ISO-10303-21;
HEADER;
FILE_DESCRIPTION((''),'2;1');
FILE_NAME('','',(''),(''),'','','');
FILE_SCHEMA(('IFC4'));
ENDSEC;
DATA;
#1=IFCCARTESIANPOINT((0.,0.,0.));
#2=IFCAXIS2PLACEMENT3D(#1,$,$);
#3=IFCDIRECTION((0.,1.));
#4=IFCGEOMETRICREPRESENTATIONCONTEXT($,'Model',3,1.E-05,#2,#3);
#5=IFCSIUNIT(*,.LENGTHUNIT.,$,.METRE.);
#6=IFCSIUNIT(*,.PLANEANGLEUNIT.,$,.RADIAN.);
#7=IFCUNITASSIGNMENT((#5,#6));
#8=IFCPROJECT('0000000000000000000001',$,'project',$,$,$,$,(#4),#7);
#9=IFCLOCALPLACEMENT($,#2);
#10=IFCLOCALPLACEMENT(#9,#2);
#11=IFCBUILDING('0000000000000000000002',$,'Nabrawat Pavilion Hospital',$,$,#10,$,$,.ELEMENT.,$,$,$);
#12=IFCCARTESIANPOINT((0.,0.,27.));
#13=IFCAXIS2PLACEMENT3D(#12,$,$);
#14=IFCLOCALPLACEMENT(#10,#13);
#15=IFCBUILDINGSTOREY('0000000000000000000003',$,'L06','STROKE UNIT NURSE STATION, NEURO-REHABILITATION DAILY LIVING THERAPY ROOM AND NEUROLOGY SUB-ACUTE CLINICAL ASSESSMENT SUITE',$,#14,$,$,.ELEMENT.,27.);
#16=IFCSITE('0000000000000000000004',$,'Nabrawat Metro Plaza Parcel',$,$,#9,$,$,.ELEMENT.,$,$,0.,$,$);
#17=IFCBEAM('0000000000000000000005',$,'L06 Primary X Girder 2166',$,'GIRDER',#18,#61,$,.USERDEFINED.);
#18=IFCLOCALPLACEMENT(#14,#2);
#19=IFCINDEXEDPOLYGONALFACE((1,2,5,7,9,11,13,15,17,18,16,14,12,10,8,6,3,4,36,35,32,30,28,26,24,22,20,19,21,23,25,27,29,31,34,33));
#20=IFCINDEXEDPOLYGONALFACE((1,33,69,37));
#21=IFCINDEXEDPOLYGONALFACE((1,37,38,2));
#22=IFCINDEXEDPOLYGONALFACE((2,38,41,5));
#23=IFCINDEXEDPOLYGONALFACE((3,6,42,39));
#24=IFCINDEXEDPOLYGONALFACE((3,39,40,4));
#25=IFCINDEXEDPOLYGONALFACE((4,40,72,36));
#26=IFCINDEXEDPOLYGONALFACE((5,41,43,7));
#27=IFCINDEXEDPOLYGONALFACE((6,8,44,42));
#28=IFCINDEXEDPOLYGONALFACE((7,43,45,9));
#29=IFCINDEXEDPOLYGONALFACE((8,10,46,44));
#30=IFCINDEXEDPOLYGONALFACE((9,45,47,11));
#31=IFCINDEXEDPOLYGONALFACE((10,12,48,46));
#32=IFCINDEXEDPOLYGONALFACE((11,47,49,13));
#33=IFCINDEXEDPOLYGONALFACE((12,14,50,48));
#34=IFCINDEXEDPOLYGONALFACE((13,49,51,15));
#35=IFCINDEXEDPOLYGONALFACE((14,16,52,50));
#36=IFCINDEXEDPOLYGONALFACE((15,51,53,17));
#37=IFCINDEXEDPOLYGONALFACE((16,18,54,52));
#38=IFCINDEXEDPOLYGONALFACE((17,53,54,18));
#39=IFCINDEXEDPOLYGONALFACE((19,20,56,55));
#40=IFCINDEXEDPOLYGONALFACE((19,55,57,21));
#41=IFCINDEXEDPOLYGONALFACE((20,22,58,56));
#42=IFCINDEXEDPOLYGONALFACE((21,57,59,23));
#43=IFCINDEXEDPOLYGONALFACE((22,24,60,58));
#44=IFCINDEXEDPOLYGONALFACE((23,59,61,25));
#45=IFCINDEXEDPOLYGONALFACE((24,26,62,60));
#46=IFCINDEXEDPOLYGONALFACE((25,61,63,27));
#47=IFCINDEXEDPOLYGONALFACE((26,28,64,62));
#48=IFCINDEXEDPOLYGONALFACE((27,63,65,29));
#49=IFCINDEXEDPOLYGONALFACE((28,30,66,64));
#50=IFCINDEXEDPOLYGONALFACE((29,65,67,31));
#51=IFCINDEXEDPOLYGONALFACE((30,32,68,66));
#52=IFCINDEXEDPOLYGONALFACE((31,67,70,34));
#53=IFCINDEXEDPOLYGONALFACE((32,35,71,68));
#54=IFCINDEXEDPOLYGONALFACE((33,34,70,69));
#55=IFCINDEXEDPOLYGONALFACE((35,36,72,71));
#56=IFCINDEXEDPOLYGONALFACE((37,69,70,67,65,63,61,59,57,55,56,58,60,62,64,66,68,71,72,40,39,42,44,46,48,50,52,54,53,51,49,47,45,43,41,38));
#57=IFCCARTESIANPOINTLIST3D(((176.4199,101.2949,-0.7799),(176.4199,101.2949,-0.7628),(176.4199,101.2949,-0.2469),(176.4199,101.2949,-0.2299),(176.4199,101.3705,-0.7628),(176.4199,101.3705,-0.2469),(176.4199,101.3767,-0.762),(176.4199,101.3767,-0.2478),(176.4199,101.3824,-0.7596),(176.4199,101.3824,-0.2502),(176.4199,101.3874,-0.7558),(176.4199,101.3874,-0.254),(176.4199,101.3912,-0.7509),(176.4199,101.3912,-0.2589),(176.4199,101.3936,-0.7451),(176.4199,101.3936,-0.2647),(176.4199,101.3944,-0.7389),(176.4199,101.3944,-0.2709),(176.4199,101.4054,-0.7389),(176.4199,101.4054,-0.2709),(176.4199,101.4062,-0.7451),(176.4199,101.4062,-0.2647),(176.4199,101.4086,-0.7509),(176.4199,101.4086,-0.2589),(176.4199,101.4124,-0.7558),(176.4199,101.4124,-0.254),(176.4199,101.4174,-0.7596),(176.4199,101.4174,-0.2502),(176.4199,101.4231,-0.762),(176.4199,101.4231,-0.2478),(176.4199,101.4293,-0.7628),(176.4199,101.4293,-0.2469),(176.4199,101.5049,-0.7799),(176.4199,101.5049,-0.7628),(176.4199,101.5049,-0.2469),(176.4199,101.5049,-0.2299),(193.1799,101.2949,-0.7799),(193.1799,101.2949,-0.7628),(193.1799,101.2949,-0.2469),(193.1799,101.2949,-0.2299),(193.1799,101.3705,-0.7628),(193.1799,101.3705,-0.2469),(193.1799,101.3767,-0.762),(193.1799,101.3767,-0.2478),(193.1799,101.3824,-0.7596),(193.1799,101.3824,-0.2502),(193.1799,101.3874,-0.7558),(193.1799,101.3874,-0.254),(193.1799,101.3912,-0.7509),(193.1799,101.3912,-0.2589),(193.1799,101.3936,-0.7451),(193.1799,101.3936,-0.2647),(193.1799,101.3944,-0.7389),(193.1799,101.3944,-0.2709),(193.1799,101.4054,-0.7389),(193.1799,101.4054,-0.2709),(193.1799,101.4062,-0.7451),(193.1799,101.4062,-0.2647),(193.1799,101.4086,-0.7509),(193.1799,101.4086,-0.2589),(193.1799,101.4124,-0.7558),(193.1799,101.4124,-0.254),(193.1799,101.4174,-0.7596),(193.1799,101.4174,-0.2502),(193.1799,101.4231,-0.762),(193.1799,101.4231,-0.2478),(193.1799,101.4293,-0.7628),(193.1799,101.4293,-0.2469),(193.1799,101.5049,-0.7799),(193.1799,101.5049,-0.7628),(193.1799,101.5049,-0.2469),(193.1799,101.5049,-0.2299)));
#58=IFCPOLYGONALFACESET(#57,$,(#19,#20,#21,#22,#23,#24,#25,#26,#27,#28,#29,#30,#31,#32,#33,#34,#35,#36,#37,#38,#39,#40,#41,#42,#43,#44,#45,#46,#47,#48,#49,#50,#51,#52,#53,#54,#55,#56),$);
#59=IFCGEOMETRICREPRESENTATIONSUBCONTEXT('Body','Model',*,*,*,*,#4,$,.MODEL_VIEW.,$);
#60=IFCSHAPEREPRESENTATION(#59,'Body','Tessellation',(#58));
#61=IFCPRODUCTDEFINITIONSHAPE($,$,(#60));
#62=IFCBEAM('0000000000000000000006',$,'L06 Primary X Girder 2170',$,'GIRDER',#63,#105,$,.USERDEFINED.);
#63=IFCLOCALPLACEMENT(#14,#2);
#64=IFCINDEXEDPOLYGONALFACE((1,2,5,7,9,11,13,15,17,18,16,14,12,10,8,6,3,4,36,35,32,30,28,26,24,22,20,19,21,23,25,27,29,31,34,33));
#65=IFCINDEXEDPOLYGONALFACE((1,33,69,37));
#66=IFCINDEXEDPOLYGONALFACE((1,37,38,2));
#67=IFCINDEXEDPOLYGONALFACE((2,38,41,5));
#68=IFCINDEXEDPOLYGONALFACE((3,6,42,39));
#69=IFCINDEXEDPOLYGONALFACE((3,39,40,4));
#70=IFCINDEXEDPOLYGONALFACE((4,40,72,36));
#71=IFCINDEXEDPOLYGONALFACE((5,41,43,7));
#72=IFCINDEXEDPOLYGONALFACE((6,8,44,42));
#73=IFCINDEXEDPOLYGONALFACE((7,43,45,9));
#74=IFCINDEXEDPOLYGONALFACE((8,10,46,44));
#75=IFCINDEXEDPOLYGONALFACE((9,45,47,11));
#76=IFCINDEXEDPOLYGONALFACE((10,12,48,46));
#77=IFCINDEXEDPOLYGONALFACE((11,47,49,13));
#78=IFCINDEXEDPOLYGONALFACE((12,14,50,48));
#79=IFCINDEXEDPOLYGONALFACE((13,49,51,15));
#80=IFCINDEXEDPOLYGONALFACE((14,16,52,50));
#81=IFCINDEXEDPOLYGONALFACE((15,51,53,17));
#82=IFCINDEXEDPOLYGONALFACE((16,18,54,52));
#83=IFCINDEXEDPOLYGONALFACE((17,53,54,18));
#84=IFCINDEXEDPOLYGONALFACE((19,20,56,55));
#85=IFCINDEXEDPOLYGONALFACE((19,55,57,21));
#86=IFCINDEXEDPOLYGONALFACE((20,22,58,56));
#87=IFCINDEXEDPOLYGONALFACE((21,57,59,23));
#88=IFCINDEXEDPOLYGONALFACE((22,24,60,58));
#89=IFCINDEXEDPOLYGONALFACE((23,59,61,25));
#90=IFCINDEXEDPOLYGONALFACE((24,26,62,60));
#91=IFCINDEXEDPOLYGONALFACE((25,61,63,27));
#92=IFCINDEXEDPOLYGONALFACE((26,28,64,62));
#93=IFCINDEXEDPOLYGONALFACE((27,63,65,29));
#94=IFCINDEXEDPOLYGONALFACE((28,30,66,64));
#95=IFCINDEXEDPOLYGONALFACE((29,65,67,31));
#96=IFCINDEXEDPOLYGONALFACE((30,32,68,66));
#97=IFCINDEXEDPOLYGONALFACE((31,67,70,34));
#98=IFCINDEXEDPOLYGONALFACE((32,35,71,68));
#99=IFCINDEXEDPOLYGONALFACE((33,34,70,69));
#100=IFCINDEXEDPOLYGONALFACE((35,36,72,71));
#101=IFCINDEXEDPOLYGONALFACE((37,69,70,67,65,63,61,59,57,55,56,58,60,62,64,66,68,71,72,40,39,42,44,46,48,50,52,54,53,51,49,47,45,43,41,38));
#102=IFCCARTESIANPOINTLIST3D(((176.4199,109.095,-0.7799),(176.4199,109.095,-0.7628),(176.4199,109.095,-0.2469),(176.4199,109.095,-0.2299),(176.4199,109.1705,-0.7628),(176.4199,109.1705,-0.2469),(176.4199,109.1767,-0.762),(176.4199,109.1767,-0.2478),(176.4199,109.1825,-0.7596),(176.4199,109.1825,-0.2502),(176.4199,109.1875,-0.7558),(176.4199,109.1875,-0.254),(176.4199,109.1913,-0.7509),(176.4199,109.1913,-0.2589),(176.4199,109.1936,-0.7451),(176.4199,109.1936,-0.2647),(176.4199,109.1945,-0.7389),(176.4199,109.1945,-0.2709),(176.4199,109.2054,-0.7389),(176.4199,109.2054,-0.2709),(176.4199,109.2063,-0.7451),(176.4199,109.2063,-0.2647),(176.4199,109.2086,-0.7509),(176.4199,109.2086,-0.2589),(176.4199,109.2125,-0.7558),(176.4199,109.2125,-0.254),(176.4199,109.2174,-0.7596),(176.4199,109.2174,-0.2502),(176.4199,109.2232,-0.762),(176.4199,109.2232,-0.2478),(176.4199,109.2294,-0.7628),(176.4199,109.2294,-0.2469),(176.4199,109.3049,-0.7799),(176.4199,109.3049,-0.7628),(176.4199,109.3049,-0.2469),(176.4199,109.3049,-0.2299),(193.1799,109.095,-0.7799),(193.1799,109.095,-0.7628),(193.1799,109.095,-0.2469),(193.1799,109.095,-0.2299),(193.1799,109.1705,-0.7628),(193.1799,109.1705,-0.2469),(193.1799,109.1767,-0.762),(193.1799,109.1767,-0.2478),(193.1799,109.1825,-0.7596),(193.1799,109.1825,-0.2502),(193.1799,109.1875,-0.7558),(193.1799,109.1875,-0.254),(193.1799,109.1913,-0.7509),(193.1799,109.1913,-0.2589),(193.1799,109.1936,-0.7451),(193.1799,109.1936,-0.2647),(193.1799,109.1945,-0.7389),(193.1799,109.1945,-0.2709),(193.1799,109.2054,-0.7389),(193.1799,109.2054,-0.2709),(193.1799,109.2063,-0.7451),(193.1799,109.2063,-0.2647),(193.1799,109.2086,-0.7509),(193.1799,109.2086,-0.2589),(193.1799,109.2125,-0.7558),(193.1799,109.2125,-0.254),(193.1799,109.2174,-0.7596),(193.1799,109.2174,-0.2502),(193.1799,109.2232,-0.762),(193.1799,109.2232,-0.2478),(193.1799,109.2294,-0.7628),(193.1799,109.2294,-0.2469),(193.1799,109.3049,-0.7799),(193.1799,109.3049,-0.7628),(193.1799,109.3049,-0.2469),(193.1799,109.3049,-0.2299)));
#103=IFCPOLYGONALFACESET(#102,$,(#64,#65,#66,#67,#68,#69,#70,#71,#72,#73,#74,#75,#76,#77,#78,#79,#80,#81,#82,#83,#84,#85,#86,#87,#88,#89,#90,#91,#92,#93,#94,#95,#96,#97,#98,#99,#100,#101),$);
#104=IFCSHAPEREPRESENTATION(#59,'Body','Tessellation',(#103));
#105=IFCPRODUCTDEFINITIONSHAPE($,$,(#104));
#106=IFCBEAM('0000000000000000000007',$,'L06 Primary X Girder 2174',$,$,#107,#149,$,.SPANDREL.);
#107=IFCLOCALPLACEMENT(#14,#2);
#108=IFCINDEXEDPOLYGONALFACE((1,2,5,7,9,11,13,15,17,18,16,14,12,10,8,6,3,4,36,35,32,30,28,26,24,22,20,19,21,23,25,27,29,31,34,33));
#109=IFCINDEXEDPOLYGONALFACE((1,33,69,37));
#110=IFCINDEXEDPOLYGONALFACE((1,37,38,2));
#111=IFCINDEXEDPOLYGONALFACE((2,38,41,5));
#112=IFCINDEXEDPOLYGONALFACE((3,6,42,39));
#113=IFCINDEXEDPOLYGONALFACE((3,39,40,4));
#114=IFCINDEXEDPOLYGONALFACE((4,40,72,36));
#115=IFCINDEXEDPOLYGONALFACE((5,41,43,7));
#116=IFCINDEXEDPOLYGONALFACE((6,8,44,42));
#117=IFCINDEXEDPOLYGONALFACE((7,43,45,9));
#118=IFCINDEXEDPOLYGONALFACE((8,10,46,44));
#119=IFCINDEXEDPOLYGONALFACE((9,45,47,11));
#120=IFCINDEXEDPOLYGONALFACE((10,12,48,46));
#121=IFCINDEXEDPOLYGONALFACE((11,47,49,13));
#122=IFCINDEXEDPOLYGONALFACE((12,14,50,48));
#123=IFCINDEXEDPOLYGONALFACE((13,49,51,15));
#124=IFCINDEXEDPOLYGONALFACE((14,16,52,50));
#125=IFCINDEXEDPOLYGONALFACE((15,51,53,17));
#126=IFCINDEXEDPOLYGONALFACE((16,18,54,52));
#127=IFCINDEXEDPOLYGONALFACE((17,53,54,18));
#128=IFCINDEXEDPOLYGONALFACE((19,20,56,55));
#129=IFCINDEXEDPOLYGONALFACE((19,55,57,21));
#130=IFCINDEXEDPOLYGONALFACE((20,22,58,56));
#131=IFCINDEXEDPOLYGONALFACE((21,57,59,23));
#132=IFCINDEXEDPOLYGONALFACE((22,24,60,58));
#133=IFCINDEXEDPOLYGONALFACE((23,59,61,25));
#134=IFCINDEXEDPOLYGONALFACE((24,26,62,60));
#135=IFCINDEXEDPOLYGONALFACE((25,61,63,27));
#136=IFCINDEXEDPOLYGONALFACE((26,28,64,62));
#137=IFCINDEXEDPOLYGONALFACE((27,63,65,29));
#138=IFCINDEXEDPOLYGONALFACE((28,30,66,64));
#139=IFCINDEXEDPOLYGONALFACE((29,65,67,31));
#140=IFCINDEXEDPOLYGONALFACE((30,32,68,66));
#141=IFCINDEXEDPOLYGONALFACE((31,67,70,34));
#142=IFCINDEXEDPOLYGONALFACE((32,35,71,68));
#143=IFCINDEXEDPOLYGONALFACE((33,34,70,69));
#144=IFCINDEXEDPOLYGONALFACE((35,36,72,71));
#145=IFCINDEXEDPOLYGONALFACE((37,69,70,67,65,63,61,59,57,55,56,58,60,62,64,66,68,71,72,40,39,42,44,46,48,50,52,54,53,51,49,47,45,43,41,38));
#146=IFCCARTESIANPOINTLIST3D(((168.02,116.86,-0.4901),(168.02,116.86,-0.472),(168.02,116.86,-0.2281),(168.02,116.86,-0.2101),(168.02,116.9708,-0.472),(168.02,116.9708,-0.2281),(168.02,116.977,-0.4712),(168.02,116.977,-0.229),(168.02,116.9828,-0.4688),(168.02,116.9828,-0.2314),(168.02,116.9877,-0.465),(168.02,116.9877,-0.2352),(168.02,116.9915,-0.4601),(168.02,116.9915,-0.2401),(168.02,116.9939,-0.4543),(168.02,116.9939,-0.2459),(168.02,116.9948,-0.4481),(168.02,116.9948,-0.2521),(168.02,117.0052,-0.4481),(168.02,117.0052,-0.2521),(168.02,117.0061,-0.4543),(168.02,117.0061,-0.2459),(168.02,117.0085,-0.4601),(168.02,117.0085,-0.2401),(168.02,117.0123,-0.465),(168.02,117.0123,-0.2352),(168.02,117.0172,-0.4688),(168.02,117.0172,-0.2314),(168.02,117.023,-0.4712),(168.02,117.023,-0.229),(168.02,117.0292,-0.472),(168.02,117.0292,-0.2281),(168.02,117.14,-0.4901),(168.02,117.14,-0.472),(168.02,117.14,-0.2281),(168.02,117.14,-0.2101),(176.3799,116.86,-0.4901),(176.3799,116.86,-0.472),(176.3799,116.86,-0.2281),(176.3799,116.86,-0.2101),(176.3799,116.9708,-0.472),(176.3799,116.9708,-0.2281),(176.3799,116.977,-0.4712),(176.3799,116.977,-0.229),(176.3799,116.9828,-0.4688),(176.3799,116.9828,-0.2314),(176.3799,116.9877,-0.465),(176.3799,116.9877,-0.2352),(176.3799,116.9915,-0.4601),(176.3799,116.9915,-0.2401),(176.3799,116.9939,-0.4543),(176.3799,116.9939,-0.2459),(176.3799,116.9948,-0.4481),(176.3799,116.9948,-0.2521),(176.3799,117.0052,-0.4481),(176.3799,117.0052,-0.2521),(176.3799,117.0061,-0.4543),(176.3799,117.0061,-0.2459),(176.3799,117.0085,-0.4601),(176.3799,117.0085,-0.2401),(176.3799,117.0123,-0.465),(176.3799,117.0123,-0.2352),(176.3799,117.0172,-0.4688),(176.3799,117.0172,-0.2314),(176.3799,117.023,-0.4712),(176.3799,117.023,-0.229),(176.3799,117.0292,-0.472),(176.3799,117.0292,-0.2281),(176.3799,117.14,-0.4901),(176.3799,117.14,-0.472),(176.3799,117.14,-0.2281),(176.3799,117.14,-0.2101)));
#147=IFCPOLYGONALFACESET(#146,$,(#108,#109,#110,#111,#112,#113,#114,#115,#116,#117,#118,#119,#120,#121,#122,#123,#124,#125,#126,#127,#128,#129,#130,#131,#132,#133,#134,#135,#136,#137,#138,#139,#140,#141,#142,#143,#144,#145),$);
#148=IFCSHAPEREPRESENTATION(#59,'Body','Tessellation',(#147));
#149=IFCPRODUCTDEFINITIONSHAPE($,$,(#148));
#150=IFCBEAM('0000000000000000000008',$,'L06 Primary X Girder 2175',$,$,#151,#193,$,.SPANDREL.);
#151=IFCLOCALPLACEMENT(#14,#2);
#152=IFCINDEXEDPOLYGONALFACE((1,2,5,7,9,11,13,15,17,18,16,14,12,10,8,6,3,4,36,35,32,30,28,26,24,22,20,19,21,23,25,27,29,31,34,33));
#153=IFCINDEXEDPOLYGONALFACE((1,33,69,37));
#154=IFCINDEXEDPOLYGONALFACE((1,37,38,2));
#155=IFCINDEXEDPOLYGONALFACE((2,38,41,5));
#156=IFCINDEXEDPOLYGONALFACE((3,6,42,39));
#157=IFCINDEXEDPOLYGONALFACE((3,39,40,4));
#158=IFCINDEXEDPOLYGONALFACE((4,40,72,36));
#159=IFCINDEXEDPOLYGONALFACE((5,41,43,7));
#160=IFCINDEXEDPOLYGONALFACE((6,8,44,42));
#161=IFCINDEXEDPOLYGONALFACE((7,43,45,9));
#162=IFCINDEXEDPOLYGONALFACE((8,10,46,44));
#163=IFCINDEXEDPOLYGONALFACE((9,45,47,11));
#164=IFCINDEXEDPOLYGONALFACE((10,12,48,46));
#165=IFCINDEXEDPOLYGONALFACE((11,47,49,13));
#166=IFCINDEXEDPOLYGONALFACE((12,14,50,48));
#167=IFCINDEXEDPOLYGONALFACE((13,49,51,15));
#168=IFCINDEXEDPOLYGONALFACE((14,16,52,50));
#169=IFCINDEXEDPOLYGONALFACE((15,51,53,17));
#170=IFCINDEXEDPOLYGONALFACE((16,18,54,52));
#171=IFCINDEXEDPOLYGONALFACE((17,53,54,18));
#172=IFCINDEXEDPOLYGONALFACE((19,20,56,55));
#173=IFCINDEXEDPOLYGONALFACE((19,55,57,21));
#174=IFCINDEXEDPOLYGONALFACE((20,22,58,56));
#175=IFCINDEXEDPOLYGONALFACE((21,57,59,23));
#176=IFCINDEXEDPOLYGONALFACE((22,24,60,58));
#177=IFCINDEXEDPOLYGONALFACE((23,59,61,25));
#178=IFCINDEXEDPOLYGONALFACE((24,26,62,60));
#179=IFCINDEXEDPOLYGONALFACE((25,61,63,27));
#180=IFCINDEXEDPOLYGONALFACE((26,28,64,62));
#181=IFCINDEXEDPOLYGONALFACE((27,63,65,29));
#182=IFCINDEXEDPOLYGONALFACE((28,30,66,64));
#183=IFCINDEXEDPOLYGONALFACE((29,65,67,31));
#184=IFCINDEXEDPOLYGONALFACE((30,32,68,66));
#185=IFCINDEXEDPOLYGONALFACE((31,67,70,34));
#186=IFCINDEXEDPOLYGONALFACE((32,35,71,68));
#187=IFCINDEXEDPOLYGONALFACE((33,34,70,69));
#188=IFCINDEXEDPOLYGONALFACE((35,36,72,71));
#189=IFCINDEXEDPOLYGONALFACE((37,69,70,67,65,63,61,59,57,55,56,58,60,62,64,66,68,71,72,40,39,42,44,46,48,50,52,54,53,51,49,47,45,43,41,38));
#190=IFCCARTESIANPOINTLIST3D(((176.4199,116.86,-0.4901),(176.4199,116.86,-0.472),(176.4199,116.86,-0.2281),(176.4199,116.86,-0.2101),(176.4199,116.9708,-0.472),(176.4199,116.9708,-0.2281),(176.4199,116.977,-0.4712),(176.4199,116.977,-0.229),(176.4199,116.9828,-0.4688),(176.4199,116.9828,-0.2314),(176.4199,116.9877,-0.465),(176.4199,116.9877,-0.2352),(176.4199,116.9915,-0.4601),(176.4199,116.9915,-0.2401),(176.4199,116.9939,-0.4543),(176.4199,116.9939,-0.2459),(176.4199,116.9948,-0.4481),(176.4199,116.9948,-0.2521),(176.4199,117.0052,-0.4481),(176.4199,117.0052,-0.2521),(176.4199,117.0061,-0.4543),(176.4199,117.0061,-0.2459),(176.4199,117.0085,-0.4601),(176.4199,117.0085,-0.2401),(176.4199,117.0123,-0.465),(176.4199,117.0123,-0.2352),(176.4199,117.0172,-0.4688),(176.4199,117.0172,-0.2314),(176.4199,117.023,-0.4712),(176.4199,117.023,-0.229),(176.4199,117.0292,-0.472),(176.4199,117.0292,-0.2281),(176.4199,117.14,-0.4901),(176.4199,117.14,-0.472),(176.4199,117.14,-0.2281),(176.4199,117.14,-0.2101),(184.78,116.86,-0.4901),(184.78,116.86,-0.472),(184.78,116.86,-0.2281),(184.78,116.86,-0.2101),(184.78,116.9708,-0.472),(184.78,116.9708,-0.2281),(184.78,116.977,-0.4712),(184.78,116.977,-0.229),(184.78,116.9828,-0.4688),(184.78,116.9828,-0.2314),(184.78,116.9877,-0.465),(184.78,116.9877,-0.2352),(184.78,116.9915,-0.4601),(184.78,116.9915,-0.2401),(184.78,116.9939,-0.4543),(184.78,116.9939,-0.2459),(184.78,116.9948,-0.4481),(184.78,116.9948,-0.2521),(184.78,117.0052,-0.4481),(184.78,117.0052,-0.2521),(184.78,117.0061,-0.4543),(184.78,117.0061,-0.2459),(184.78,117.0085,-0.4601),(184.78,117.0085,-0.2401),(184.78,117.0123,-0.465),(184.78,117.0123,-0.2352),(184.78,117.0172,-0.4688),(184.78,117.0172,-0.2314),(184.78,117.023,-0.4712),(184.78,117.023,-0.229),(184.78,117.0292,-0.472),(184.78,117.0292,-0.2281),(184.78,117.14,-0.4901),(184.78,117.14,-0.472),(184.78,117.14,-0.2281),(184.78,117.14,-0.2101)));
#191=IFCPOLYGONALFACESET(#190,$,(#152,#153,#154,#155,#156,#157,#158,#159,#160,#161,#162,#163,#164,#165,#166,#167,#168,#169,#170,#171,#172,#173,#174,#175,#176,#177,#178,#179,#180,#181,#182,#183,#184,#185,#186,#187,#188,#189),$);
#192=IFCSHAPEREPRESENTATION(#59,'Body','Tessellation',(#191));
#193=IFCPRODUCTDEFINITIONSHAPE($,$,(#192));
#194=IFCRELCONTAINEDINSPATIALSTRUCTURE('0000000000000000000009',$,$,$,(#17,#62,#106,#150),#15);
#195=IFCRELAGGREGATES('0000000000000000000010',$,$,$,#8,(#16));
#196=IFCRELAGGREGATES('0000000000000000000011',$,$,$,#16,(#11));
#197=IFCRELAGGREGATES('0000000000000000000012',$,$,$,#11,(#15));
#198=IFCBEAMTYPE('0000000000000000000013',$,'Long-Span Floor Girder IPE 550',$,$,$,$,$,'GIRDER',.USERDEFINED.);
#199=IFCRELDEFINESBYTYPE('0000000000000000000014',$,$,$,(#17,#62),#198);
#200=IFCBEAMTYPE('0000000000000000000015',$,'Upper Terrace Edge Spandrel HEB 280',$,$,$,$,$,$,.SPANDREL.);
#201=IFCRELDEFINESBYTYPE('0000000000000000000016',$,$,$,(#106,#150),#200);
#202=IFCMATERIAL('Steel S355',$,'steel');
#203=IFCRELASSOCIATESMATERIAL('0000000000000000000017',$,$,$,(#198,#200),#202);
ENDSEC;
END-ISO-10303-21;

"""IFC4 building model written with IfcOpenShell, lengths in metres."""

from ifc_helpers import new_model, si_unit, direction, frame, origin, origin_2d, place, context, subcontext, project, spatial, i_section, extrude, material, material_profile, profile_set, type_object, element, save


model = new_model("IFC4")

# Units and contexts
model_context = context("Model", 3, precision=1e-05, world=origin(), true_north=direction((0.0, 1.0)))
body_context = subcontext(model_context, "Body", "Model", "MODEL_VIEW")
ifc_project = project(units=[si_unit("LENGTHUNIT", "METRE"), si_unit("PLANEANGLEUNIT", "RADIAN")], contexts=[model_context])

# Site, building, storey
site_placement = place(None, origin())
site = spatial("IfcSite", under=ifc_project, at=site_placement, Name="Nabrawat Metro Plaza Parcel", CompositionType="ELEMENT", RefElevation=0.0)
building_placement = place(site_placement, origin())
building = spatial("IfcBuilding", under=site, at=building_placement, Name="Nabrawat Pavilion Hospital", CompositionType="ELEMENT")
storey_placement = place(building_placement, frame((0.0, 0.0, 27.0)))
storey = spatial("IfcBuildingStorey", under=building, at=storey_placement, Name="L06", Description="STROKE UNIT NURSE STATION, NEURO-REHABILITATION DAILY LIVING THERAPY ROOM AND NEUROLOGY SUB-ACUTE CLINICAL ASSESSMENT SUITE", CompositionType="ELEMENT", Elevation=27.0)

# Shared definitions
ifc_material_1 = material(Name="Steel S355", Category="steel")

# Beams
ifc_material_profile_1 = material_profile(ifc_material_1, i_section(OverallWidth=0.21, OverallDepth=0.55, WebThickness=0.011, FlangeThickness=0.0171, FilletRadius=0.0239, at=origin_2d()), Name="IPE 550")
ifc_profile_set_1 = profile_set([ifc_material_profile_1], Name="Steel S355")
beam_type_1 = type_object("IfcBeamType", Name="Long-Span Floor Girder IPE 550", ElementType="GIRDER", PredefinedType="USERDEFINED", material=ifc_profile_set_1)
for number, where, z_axis, x_axis, name in (
    (1, (176.4199, 101.3999, -0.5049), (1.0, 0.0, 0.0), (0.0, 1.0, 0.0), "L06 Primary X Girder 2166"),
    (2, (176.4199, 109.2, -0.5049), (1.0, 0.0, 0.0), (0.0, 1.0, 0.0), "L06 Primary X Girder 2170"),
):
    element("IfcBeam", number, at=place(storey_placement, frame(where, z_axis=z_axis, x_axis=x_axis)), inside=storey, type_object=beam_type_1, Name=name, ObjectType="GIRDER", PredefinedType="USERDEFINED", context=body_context, shape_type="SweptSolid", body=[
        extrude(i_section(OverallWidth=0.21, OverallDepth=0.55, WebThickness=0.011, FlangeThickness=0.0171, FilletRadius=0.0239, at=origin_2d()), origin(), (0.0, 0.0, 1.0), 16.76),
    ])
ifc_material_profile_2 = material_profile(ifc_material_1, i_section(OverallWidth=0.28, OverallDepth=0.28, WebThickness=0.0105, FlangeThickness=0.0181, FilletRadius=0.0239, at=origin_2d()), Name="HEB 280")
ifc_profile_set_2 = profile_set([ifc_material_profile_2], Name="Steel S355")
beam_type_2 = type_object("IfcBeamType", Name="Upper Terrace Edge Spandrel HEB 280", PredefinedType="SPANDREL", material=ifc_profile_set_2)
beam_1_placement = place(storey_placement, frame((168.02, 117.0, -0.3501), z_axis=(1.0, 0.0, 0.0), x_axis=(0.0, 1.0, 0.0)))
element("IfcBeam", 3, at=beam_1_placement, inside=storey, type_object=beam_type_2, Name="L06 Primary X Girder 2174", PredefinedType="SPANDREL", context=body_context, shape_type="SweptSolid", body=[
    extrude(i_section(OverallWidth=0.28, OverallDepth=0.28, WebThickness=0.0105, FlangeThickness=0.0181, FilletRadius=0.0239, at=origin_2d()), origin(), (0.0, 0.0, 1.0), 8.3599),
])
beam_2_placement = place(storey_placement, frame((176.4199, 117.0, -0.3501), z_axis=(1.0, 0.0, 0.0), x_axis=(0.0, 1.0, 0.0)))
element("IfcBeam", 4, at=beam_2_placement, inside=storey, type_object=beam_type_2, Name="L06 Primary X Girder 2175", PredefinedType="SPANDREL", context=body_context, shape_type="SweptSolid", body=[
    extrude(i_section(OverallWidth=0.28, OverallDepth=0.28, WebThickness=0.0105, FlangeThickness=0.0181, FilletRadius=0.0239, at=origin_2d()), origin(), (0.0, 0.0, 1.0), 8.3601),
])

save(model, "model.ifc")
